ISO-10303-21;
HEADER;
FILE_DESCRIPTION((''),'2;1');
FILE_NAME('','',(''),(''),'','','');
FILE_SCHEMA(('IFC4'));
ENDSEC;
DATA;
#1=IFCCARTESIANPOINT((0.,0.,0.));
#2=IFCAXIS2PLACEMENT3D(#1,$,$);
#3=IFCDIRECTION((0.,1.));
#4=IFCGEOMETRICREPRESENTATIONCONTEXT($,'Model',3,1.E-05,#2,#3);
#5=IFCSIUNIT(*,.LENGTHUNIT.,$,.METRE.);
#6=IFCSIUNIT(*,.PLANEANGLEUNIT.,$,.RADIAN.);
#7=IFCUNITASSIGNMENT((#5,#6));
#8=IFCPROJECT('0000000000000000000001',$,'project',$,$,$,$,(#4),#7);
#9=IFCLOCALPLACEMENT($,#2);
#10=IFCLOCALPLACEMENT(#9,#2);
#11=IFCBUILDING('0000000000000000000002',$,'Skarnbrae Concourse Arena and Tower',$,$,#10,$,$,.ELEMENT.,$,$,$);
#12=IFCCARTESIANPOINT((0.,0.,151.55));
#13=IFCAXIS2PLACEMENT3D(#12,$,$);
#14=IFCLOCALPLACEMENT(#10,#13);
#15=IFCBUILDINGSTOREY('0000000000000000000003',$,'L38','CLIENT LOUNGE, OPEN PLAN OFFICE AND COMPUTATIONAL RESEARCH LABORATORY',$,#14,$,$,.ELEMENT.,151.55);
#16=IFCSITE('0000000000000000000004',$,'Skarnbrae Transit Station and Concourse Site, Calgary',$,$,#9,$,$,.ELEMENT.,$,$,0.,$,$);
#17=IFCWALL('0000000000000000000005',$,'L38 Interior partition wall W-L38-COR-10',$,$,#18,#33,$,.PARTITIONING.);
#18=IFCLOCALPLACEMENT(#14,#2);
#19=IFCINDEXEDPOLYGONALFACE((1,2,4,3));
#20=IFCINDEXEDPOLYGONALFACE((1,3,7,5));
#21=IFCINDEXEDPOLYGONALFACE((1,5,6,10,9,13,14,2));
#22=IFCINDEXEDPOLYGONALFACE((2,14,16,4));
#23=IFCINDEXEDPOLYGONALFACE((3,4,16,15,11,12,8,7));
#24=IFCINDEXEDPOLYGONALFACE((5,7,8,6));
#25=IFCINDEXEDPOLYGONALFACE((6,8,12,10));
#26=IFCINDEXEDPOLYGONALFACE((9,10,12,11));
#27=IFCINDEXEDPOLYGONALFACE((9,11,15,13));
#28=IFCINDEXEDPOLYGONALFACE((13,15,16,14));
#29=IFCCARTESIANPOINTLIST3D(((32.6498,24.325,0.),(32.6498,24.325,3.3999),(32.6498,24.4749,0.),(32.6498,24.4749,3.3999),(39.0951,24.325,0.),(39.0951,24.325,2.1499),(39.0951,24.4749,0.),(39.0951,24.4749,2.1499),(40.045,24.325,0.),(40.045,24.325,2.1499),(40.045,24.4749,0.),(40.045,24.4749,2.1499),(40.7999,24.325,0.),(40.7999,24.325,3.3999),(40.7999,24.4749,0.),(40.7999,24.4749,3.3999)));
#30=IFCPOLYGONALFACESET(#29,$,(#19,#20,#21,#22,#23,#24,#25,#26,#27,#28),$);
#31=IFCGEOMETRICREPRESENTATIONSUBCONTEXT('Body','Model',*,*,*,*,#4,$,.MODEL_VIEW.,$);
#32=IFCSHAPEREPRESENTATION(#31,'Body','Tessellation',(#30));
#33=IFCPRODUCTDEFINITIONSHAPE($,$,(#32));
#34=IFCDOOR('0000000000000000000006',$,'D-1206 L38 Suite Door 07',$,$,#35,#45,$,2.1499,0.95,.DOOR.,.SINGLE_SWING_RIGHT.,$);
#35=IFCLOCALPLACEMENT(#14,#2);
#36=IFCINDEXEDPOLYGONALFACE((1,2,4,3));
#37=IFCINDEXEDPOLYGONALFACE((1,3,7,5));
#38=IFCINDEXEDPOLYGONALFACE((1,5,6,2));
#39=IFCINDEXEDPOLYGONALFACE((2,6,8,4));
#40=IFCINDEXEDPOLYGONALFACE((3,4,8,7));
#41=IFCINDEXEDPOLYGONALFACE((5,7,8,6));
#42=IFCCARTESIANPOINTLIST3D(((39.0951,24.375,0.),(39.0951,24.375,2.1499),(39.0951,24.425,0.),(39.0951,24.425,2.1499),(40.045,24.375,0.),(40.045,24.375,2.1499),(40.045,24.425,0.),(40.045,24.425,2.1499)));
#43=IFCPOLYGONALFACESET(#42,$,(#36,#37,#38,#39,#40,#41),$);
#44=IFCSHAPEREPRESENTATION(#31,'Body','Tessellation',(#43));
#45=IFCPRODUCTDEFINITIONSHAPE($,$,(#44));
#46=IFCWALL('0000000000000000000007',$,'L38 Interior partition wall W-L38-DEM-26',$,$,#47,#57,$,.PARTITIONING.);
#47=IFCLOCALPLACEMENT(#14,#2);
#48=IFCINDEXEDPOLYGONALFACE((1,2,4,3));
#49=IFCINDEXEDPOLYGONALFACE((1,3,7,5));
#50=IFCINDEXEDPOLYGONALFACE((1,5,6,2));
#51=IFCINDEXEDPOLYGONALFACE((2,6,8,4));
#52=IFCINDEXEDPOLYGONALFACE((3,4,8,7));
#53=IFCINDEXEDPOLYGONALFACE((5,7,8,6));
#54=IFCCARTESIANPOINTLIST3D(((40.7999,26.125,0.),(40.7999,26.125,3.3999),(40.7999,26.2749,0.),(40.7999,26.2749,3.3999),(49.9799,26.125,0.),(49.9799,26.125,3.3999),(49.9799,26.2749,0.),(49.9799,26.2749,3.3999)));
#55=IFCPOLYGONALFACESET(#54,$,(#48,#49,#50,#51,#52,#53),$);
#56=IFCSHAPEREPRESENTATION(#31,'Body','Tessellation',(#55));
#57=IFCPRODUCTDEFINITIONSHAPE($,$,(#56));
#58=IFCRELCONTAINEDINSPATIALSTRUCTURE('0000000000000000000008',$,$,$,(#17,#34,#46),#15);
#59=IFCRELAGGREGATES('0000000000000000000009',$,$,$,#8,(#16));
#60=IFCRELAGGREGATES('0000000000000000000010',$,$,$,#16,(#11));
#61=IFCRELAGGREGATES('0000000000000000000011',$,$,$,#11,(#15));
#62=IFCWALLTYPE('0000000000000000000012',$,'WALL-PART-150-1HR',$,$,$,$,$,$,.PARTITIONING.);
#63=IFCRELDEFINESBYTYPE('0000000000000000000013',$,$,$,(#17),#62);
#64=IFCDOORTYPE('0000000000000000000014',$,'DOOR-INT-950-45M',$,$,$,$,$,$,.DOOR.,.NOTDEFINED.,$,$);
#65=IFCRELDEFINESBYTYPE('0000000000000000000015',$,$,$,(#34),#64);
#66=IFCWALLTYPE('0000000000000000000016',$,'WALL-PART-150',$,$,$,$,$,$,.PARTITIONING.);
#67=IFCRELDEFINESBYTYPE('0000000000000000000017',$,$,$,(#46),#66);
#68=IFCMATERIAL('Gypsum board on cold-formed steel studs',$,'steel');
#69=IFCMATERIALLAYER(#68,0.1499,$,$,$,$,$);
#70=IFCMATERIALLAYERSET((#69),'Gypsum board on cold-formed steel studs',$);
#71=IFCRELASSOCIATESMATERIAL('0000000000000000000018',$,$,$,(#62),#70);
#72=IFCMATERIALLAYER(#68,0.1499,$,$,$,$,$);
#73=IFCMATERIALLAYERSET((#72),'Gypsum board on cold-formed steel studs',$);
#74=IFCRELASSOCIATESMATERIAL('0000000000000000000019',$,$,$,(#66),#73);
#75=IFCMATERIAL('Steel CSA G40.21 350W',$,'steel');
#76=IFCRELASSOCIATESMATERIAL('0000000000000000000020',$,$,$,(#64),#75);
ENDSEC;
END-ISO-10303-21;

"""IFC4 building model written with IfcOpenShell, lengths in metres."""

from ifc_helpers import new_model, si_unit, direction, frame, frame_2d, origin, place, context, subcontext, project, spatial, rectangle, extrude, source, transform, mapped, material, layer, layer_set, type_object, element, fill, save


model = new_model("IFC4")

# Units and contexts
model_context = context("Model", 3, precision=1e-05, world=origin(), true_north=direction((0.0, 1.0)))
body_context = subcontext(model_context, "Body", "Model", "MODEL_VIEW")
ifc_project = project(units=[si_unit("LENGTHUNIT", "METRE"), si_unit("PLANEANGLEUNIT", "RADIAN")], contexts=[model_context])

# Site, building, storey
site_placement = place(None, origin())
site = spatial("IfcSite", under=ifc_project, at=site_placement, Name="Skarnbrae Transit Station and Concourse Site, Calgary", CompositionType="ELEMENT", RefElevation=0.0)
building_placement = place(site_placement, origin())
building = spatial("IfcBuilding", under=site, at=building_placement, Name="Skarnbrae Concourse Arena and Tower", CompositionType="ELEMENT")
storey_placement = place(building_placement, frame((0.0, 0.0, 151.55)))
storey = spatial("IfcBuildingStorey", under=building, at=storey_placement, Name="L38", Description="CLIENT LOUNGE, OPEN PLAN OFFICE AND COMPUTATIONAL RESEARCH LABORATORY", CompositionType="ELEMENT", Elevation=151.55)

# Shared definitions
ifc_material_1 = material(Name="Steel CSA G40.21 350W", Category="steel")

# Shared definitions
ifc_material_2 = material(Name="Gypsum board on cold-formed steel studs", Category="steel")
ifc_layer_1 = layer(ifc_material_2, 0.1499)
ifc_layer_set_1 = layer_set([ifc_layer_1], Name="Gypsum board on cold-formed steel studs")
wall_type_1 = type_object("IfcWallType", Name="WALL-PART-150-1HR", PredefinedType="PARTITIONING", material=ifc_layer_set_1)
ifc_layer_2 = layer(ifc_material_2, 0.1499)
ifc_layer_set_2 = layer_set([ifc_layer_2], Name="Gypsum board on cold-formed steel studs")
wall_type_2 = type_object("IfcWallType", Name="WALL-PART-150", PredefinedType="PARTITIONING", material=ifc_layer_set_2)

# Wall, opening, door
shared_shape_1 = source(origin(), body_context, "Body", "SweptSolid", [
    extrude(rectangle(XDim=8.1501, YDim=0.1499, at=frame_2d((4.0752, 0.0))), origin(), (0.0, 0.0, 1.0), 3.3999),
])
wall_1_placement = place(storey_placement, frame((40.8, 24.3999, 0.0), z_axis=(0.0, 0.0, 1.0), x_axis=(-1.0, 0.0, 0.0)))
wall_1 = element("IfcWall", 1, at=wall_1_placement, inside=storey, type_object=wall_type_1, Name="L38 Interior partition wall W-L38-COR-10", PredefinedType="PARTITIONING", context=body_context, shape_type="MappedRepresentation", body=[
    mapped(shared_shape_1, transform((0.0, 0.0, 0.0))),
])
opening_placement = place(wall_1_placement, frame((0.7549, 0.0, 0.0)))
opening = element("IfcOpeningElement", 2, at=opening_placement, cuts=wall_1, PredefinedType="OPENING", context=body_context, shape_type="SweptSolid", body=[
    extrude(rectangle(XDim=0.95, YDim=2.1499, at=frame_2d((0.4751, 1.075))), frame((0.0, 0.085, 0.0), z_axis=(0.0, -1.0, 0.0), x_axis=(1.0, 0.0, 0.0)), (0.0, 0.0, 1.0), 0.1699),
])
door_type = type_object("IfcDoorType", Name="DOOR-INT-950-45M", OperationType="NOTDEFINED", PredefinedType="DOOR", material=ifc_material_1)
shared_shape_2 = source(origin(), body_context, "Body", "SweptSolid", [
    extrude(rectangle(XDim=0.95, YDim=2.1499, at=frame_2d((0.4751, 1.075))), frame((0.0, 0.0249, 0.0), z_axis=(0.0, -1.0, 0.0), x_axis=(1.0, 0.0, 0.0)), (0.0, 0.0, 1.0), 0.05),
])
door_placement = place(opening_placement, origin())
door = element("IfcDoor", 3, at=door_placement, inside=storey, type_object=door_type, Name="D-1206 L38 Suite Door 07", OperationType="SINGLE_SWING_RIGHT", OverallHeight=2.1499, OverallWidth=0.95, PredefinedType="DOOR", context=body_context, shape_type="MappedRepresentation", body=[
    mapped(shared_shape_2, transform((0.0, 0.0, 0.0))),
])
fill(opening, door)

# Wall
shared_shape_3 = source(origin(), body_context, "Body", "SweptSolid", [
    extrude(rectangle(XDim=9.1799, YDim=0.1499, at=frame_2d((4.5898, 0.0))), origin(), (0.0, 0.0, 1.0), 3.3999),
])
wall_2_placement = place(storey_placement, frame((40.8, 26.2, 0.0), z_axis=(0.0, 0.0, 1.0), x_axis=(1.0, 0.0, 0.0)))
element("IfcWall", 4, at=wall_2_placement, inside=storey, type_object=wall_type_2, Name="L38 Interior partition wall W-L38-DEM-26", PredefinedType="PARTITIONING", context=body_context, shape_type="MappedRepresentation", body=[
    mapped(shared_shape_3, transform((0.0, 0.0, 0.0))),
])

save(model, "model.ifc")
